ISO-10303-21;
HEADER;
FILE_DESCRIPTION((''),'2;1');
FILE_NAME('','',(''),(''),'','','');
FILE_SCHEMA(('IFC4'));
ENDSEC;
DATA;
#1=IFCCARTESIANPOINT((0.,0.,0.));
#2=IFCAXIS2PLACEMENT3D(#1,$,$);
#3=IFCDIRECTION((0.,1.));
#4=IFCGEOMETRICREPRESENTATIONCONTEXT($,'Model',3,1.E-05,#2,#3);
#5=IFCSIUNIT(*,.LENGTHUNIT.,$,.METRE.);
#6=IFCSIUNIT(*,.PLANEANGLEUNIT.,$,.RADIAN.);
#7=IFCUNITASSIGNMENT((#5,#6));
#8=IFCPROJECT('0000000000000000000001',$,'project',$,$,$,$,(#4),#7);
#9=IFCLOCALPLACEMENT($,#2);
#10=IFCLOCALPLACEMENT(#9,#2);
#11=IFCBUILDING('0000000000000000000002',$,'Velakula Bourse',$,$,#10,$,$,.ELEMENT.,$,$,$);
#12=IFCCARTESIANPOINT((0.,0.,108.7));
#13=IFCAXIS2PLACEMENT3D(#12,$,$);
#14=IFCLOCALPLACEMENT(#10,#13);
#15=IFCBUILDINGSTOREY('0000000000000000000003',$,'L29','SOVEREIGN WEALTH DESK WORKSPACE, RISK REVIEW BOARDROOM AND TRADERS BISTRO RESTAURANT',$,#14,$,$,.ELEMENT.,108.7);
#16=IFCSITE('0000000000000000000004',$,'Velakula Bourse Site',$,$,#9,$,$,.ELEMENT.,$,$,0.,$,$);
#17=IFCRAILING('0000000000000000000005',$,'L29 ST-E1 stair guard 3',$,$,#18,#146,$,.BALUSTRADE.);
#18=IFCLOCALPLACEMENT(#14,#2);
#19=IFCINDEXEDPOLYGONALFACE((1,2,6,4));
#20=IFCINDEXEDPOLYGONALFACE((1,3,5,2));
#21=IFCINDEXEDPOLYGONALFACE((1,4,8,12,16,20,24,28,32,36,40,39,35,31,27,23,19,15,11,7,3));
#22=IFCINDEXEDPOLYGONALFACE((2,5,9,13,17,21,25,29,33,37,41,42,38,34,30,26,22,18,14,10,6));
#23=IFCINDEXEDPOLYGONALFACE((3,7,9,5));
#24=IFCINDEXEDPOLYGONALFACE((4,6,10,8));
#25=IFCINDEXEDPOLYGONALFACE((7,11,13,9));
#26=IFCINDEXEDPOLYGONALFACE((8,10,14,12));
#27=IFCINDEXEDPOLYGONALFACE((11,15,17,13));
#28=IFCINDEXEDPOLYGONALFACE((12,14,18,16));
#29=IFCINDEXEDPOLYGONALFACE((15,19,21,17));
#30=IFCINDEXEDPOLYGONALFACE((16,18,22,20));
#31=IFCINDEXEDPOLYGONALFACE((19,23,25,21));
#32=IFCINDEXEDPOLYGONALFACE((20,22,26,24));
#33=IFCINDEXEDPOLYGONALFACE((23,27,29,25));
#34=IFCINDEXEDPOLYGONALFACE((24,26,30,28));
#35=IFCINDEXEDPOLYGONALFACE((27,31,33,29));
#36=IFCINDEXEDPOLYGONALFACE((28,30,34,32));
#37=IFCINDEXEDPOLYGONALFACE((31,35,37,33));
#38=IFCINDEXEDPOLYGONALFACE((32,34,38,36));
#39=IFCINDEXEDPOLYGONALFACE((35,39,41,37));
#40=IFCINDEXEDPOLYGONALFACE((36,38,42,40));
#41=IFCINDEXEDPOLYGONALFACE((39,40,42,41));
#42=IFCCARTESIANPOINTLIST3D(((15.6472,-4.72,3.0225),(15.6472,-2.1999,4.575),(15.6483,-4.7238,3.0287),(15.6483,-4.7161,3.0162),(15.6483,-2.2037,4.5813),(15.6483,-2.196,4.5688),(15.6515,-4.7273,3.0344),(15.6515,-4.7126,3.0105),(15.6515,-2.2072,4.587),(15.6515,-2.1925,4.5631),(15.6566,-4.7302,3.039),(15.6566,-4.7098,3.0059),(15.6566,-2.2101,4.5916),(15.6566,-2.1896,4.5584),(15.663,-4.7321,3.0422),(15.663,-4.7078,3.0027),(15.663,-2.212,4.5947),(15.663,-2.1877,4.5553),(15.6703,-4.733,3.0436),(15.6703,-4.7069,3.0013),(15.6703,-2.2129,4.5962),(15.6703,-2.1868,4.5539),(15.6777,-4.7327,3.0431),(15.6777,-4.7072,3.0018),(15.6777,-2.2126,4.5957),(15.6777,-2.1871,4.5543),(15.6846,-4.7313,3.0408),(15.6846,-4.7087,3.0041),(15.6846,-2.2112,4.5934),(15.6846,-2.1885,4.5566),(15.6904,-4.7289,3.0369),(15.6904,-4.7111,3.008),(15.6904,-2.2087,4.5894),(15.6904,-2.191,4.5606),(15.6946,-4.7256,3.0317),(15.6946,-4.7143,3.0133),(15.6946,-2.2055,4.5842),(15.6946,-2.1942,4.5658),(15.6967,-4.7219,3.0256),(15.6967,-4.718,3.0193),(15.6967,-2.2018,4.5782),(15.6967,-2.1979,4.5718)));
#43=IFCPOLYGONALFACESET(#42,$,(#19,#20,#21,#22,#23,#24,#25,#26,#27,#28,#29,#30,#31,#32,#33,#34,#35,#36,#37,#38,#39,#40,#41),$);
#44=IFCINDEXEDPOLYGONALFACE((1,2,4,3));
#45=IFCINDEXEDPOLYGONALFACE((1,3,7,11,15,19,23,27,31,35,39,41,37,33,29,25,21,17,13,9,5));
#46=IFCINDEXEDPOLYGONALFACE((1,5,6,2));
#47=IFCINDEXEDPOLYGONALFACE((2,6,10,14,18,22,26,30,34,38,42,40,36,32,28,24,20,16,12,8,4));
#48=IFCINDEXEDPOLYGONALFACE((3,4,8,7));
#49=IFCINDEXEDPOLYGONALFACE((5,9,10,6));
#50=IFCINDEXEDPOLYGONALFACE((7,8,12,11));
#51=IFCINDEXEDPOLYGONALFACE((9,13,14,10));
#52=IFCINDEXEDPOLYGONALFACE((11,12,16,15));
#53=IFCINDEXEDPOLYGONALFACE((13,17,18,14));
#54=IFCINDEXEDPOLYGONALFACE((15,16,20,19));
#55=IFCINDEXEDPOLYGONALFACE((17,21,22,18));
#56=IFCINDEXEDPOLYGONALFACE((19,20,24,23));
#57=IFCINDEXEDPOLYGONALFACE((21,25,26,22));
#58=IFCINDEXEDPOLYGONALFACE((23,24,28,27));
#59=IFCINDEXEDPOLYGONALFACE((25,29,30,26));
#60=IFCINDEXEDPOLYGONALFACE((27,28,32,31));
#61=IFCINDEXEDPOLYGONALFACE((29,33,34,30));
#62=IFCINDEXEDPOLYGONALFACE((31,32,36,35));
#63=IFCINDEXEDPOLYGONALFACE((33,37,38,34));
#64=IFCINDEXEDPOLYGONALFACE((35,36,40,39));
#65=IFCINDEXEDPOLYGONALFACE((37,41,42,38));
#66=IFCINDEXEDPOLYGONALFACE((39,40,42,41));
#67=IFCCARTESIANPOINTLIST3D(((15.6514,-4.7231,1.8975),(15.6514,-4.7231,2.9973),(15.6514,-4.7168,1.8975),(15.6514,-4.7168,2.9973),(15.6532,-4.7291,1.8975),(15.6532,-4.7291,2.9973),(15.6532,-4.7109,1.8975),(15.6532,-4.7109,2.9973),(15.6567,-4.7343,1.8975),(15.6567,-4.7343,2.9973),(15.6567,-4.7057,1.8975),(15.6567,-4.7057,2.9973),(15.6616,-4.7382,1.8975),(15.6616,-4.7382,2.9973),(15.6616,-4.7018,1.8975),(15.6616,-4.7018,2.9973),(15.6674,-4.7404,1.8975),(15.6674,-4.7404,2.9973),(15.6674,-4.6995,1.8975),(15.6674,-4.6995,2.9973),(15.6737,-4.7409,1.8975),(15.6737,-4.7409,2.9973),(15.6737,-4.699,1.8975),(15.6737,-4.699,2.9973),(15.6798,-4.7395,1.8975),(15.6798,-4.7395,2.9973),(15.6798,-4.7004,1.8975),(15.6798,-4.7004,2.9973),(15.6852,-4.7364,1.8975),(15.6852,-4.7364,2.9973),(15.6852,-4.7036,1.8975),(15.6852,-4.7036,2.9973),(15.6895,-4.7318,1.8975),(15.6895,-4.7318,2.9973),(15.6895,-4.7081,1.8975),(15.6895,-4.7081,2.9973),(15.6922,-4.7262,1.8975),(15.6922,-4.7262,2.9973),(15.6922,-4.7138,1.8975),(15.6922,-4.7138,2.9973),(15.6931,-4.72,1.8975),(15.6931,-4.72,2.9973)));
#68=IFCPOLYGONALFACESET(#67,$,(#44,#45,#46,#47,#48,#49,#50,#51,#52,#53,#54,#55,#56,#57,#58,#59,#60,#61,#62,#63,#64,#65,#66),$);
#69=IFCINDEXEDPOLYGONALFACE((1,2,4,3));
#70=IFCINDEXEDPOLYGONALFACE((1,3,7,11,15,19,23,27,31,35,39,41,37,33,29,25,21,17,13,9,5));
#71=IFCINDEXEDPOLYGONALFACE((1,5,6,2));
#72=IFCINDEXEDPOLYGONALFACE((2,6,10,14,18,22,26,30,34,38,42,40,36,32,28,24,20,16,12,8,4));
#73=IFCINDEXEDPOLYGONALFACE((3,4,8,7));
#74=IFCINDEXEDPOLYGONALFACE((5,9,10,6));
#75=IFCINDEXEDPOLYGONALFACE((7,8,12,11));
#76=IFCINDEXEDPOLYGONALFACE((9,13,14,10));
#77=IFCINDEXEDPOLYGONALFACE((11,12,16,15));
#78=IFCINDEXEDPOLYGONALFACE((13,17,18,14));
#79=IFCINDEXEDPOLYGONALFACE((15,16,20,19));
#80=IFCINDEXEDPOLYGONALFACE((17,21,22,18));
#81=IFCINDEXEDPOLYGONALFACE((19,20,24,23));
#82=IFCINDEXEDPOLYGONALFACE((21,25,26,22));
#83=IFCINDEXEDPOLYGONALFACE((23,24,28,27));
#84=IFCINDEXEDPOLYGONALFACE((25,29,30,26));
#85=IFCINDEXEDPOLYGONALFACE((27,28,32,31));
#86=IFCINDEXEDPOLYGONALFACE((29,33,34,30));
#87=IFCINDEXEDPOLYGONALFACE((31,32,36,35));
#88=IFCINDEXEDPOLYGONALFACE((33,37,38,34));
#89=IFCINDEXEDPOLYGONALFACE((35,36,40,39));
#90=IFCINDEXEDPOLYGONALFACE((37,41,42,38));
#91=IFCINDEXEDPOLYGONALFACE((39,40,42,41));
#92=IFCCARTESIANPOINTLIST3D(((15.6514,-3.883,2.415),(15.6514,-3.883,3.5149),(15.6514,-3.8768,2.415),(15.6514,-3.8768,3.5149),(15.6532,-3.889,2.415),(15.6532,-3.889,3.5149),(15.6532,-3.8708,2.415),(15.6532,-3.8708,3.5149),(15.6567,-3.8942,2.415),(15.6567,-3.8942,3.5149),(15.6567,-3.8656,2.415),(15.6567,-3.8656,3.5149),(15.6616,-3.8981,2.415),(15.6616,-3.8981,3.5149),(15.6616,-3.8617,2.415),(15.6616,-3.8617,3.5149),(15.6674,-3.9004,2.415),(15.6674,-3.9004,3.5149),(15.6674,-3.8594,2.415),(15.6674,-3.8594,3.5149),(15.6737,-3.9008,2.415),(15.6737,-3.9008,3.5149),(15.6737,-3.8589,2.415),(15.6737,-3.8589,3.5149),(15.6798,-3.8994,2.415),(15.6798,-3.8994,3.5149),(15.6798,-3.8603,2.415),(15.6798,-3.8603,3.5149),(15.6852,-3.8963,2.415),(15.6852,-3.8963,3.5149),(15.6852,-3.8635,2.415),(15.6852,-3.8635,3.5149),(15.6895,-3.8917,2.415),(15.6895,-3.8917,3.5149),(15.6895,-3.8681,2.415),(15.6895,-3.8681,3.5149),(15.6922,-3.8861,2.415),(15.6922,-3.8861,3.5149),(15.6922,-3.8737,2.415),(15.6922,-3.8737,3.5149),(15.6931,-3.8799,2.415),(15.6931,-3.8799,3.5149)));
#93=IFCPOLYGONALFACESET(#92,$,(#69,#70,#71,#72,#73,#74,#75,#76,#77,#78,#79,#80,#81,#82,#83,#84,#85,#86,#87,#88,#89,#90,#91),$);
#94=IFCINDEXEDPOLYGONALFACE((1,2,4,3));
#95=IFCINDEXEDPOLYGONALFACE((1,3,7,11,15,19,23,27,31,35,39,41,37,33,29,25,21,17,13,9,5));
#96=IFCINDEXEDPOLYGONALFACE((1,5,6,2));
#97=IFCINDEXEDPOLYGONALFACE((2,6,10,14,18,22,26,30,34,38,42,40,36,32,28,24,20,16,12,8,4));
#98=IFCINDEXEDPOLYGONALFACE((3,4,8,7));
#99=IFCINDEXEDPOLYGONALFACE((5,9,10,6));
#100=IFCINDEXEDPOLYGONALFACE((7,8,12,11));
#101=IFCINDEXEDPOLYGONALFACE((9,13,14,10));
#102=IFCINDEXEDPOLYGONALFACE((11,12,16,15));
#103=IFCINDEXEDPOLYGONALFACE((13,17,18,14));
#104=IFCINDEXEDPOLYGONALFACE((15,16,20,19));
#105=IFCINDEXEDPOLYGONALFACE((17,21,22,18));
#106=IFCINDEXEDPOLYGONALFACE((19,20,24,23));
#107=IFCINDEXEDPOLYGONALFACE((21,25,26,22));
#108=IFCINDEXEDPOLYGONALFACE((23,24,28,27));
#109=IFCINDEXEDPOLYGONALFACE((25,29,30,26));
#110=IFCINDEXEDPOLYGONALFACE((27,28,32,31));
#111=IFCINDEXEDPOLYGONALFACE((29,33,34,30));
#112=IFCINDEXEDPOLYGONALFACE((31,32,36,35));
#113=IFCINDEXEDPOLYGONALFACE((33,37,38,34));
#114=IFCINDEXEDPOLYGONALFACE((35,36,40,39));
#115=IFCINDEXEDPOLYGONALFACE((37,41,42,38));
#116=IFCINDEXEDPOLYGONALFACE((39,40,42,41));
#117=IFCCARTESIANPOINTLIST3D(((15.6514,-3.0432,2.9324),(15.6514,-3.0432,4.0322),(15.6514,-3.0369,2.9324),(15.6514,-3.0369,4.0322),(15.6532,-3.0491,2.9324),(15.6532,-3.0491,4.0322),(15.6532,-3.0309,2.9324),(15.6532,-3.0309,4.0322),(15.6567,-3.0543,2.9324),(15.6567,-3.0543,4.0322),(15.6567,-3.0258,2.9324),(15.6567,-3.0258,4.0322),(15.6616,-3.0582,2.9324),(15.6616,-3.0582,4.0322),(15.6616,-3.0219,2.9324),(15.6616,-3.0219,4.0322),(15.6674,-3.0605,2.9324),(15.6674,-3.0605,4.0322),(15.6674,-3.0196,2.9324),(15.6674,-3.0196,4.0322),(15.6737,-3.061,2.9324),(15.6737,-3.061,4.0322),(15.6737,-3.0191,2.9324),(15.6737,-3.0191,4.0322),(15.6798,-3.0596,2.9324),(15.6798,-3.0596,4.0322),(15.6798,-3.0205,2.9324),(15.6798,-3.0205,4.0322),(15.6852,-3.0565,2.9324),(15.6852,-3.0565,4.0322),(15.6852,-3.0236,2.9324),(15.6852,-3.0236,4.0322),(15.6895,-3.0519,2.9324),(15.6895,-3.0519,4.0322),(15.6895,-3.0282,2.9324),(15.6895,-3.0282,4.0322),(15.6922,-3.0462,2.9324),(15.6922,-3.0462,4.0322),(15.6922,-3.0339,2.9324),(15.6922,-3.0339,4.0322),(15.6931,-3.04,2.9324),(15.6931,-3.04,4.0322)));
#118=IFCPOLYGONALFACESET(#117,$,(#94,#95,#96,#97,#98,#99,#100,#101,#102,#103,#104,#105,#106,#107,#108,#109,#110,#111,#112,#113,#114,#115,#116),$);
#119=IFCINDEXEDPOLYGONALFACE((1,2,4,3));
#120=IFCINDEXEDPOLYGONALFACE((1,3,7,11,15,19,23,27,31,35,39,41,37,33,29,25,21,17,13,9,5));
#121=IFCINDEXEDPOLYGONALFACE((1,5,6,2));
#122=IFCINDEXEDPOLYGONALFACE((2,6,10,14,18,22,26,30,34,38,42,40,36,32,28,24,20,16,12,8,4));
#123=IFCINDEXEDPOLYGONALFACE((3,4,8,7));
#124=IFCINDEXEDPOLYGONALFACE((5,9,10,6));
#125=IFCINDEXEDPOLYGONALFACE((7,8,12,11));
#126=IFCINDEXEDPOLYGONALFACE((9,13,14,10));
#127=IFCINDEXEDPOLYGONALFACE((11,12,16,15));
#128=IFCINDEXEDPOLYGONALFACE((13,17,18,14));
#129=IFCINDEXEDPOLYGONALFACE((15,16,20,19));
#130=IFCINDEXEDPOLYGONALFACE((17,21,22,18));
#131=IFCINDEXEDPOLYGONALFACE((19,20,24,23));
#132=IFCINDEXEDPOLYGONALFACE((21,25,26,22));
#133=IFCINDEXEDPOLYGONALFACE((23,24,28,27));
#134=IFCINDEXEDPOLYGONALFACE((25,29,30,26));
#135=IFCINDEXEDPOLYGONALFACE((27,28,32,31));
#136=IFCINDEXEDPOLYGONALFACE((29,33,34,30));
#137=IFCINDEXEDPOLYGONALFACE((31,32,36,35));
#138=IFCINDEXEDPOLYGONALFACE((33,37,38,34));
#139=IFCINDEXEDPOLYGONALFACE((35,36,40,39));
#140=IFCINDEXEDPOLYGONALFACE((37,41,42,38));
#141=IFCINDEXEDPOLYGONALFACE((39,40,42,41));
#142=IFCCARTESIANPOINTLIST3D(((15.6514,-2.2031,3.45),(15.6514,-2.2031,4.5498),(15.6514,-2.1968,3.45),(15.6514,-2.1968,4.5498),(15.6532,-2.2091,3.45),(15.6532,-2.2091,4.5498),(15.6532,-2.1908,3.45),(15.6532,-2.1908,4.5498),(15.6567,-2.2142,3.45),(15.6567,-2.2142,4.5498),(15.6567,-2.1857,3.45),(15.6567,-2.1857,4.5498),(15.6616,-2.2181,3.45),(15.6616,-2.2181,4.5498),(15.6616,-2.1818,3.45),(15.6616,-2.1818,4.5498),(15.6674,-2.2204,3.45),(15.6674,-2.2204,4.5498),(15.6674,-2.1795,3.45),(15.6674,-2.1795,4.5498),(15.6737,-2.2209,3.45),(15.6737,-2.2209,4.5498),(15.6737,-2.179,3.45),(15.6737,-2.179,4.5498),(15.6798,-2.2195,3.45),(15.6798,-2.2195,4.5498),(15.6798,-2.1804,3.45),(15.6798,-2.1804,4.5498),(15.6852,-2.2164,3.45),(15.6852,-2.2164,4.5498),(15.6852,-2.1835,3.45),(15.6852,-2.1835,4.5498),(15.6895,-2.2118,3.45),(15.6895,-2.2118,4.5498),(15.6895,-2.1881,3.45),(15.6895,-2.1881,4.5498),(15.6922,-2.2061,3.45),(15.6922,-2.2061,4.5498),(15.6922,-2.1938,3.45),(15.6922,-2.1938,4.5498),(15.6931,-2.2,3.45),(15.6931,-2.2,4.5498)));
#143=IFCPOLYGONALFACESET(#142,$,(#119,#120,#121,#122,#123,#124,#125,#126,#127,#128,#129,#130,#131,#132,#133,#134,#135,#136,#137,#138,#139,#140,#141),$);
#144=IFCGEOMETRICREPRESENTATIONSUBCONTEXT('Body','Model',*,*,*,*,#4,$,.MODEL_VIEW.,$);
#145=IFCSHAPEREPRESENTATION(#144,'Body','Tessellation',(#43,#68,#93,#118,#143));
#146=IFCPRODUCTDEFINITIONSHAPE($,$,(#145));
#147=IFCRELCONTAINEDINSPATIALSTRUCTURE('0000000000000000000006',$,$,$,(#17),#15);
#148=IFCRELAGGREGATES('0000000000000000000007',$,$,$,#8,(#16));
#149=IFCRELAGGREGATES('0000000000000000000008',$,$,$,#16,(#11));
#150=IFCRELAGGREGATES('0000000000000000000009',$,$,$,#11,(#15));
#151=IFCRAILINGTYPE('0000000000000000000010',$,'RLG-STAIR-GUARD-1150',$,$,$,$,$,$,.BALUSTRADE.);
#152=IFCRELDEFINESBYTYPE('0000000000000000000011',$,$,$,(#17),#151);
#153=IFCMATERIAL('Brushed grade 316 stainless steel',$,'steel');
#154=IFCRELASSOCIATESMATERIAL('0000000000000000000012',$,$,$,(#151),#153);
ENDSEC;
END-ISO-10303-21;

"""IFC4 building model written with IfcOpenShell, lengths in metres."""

from ifc_helpers import new_model, si_unit, direction, frame, origin, origin_2d, place, context, subcontext, project, spatial, circle, extrude, material, type_object, element, save


model = new_model("IFC4")

# Units and contexts
model_context = context("Model", 3, precision=1e-05, world=origin(), true_north=direction((0.0, 1.0)))
body_context = subcontext(model_context, "Body", "Model", "MODEL_VIEW")
ifc_project = project(units=[si_unit("LENGTHUNIT", "METRE"), si_unit("PLANEANGLEUNIT", "RADIAN")], contexts=[model_context])

# Site, building, storey
site_placement = place(None, origin())
site = spatial("IfcSite", under=ifc_project, at=site_placement, Name="Velakula Bourse Site", CompositionType="ELEMENT", RefElevation=0.0)
building_placement = place(site_placement, origin())
building = spatial("IfcBuilding", under=site, at=building_placement, Name="Velakula Bourse", CompositionType="ELEMENT")
storey_placement = place(building_placement, frame((0.0, 0.0, 108.7)))
storey = spatial("IfcBuildingStorey", under=building, at=storey_placement, Name="L29", Description="SOVEREIGN WEALTH DESK WORKSPACE, RISK REVIEW BOARDROOM AND TRADERS BISTRO RESTAURANT", CompositionType="ELEMENT", Elevation=108.7)

# Shared definitions
ifc_material_1 = material(Name="Brushed grade 316 stainless steel", Category="steel")

# Railing
railing_type_1 = type_object("IfcRailingType", Name="RLG-STAIR-GUARD-1150", PredefinedType="BALUSTRADE", material=ifc_material_1)
railing_1_placement = place(storey_placement, frame((15.6721, -4.72, 1.8975)))
element("IfcRailing", 1, at=railing_1_placement, inside=storey, type_object=railing_type_1, Name="L29 ST-E1 stair guard 3", PredefinedType="BALUSTRADE", context=body_context, shape_type="SweptSolid", body=[
    extrude(circle(Radius=0.0249, at=origin_2d()), frame((0.0, 0.0, 1.125), z_axis=(0.0, 0.8514, 0.524516), x_axis=(-1.0, 0.0, 0.0)), (0.0, 0.0, 1.0), 2.96),
    extrude(circle(Radius=0.021, at=origin_2d()), origin(), (0.0, 0.0, 1.0), 1.0999),
    extrude(circle(Radius=0.021, at=origin_2d()), frame((0.0, 0.8401, 0.5176)), (0.0, 0.0, 1.0), 1.0999),
    extrude(circle(Radius=0.021, at=origin_2d()), frame((0.0, 1.6799, 1.0349)), (0.0, 0.0, 1.0), 1.0999),
    extrude(circle(Radius=0.021, at=origin_2d()), frame((0.0, 2.52, 1.5525)), (0.0, 0.0, 1.0), 1.0999),
])

save(model, "model.ifc")
